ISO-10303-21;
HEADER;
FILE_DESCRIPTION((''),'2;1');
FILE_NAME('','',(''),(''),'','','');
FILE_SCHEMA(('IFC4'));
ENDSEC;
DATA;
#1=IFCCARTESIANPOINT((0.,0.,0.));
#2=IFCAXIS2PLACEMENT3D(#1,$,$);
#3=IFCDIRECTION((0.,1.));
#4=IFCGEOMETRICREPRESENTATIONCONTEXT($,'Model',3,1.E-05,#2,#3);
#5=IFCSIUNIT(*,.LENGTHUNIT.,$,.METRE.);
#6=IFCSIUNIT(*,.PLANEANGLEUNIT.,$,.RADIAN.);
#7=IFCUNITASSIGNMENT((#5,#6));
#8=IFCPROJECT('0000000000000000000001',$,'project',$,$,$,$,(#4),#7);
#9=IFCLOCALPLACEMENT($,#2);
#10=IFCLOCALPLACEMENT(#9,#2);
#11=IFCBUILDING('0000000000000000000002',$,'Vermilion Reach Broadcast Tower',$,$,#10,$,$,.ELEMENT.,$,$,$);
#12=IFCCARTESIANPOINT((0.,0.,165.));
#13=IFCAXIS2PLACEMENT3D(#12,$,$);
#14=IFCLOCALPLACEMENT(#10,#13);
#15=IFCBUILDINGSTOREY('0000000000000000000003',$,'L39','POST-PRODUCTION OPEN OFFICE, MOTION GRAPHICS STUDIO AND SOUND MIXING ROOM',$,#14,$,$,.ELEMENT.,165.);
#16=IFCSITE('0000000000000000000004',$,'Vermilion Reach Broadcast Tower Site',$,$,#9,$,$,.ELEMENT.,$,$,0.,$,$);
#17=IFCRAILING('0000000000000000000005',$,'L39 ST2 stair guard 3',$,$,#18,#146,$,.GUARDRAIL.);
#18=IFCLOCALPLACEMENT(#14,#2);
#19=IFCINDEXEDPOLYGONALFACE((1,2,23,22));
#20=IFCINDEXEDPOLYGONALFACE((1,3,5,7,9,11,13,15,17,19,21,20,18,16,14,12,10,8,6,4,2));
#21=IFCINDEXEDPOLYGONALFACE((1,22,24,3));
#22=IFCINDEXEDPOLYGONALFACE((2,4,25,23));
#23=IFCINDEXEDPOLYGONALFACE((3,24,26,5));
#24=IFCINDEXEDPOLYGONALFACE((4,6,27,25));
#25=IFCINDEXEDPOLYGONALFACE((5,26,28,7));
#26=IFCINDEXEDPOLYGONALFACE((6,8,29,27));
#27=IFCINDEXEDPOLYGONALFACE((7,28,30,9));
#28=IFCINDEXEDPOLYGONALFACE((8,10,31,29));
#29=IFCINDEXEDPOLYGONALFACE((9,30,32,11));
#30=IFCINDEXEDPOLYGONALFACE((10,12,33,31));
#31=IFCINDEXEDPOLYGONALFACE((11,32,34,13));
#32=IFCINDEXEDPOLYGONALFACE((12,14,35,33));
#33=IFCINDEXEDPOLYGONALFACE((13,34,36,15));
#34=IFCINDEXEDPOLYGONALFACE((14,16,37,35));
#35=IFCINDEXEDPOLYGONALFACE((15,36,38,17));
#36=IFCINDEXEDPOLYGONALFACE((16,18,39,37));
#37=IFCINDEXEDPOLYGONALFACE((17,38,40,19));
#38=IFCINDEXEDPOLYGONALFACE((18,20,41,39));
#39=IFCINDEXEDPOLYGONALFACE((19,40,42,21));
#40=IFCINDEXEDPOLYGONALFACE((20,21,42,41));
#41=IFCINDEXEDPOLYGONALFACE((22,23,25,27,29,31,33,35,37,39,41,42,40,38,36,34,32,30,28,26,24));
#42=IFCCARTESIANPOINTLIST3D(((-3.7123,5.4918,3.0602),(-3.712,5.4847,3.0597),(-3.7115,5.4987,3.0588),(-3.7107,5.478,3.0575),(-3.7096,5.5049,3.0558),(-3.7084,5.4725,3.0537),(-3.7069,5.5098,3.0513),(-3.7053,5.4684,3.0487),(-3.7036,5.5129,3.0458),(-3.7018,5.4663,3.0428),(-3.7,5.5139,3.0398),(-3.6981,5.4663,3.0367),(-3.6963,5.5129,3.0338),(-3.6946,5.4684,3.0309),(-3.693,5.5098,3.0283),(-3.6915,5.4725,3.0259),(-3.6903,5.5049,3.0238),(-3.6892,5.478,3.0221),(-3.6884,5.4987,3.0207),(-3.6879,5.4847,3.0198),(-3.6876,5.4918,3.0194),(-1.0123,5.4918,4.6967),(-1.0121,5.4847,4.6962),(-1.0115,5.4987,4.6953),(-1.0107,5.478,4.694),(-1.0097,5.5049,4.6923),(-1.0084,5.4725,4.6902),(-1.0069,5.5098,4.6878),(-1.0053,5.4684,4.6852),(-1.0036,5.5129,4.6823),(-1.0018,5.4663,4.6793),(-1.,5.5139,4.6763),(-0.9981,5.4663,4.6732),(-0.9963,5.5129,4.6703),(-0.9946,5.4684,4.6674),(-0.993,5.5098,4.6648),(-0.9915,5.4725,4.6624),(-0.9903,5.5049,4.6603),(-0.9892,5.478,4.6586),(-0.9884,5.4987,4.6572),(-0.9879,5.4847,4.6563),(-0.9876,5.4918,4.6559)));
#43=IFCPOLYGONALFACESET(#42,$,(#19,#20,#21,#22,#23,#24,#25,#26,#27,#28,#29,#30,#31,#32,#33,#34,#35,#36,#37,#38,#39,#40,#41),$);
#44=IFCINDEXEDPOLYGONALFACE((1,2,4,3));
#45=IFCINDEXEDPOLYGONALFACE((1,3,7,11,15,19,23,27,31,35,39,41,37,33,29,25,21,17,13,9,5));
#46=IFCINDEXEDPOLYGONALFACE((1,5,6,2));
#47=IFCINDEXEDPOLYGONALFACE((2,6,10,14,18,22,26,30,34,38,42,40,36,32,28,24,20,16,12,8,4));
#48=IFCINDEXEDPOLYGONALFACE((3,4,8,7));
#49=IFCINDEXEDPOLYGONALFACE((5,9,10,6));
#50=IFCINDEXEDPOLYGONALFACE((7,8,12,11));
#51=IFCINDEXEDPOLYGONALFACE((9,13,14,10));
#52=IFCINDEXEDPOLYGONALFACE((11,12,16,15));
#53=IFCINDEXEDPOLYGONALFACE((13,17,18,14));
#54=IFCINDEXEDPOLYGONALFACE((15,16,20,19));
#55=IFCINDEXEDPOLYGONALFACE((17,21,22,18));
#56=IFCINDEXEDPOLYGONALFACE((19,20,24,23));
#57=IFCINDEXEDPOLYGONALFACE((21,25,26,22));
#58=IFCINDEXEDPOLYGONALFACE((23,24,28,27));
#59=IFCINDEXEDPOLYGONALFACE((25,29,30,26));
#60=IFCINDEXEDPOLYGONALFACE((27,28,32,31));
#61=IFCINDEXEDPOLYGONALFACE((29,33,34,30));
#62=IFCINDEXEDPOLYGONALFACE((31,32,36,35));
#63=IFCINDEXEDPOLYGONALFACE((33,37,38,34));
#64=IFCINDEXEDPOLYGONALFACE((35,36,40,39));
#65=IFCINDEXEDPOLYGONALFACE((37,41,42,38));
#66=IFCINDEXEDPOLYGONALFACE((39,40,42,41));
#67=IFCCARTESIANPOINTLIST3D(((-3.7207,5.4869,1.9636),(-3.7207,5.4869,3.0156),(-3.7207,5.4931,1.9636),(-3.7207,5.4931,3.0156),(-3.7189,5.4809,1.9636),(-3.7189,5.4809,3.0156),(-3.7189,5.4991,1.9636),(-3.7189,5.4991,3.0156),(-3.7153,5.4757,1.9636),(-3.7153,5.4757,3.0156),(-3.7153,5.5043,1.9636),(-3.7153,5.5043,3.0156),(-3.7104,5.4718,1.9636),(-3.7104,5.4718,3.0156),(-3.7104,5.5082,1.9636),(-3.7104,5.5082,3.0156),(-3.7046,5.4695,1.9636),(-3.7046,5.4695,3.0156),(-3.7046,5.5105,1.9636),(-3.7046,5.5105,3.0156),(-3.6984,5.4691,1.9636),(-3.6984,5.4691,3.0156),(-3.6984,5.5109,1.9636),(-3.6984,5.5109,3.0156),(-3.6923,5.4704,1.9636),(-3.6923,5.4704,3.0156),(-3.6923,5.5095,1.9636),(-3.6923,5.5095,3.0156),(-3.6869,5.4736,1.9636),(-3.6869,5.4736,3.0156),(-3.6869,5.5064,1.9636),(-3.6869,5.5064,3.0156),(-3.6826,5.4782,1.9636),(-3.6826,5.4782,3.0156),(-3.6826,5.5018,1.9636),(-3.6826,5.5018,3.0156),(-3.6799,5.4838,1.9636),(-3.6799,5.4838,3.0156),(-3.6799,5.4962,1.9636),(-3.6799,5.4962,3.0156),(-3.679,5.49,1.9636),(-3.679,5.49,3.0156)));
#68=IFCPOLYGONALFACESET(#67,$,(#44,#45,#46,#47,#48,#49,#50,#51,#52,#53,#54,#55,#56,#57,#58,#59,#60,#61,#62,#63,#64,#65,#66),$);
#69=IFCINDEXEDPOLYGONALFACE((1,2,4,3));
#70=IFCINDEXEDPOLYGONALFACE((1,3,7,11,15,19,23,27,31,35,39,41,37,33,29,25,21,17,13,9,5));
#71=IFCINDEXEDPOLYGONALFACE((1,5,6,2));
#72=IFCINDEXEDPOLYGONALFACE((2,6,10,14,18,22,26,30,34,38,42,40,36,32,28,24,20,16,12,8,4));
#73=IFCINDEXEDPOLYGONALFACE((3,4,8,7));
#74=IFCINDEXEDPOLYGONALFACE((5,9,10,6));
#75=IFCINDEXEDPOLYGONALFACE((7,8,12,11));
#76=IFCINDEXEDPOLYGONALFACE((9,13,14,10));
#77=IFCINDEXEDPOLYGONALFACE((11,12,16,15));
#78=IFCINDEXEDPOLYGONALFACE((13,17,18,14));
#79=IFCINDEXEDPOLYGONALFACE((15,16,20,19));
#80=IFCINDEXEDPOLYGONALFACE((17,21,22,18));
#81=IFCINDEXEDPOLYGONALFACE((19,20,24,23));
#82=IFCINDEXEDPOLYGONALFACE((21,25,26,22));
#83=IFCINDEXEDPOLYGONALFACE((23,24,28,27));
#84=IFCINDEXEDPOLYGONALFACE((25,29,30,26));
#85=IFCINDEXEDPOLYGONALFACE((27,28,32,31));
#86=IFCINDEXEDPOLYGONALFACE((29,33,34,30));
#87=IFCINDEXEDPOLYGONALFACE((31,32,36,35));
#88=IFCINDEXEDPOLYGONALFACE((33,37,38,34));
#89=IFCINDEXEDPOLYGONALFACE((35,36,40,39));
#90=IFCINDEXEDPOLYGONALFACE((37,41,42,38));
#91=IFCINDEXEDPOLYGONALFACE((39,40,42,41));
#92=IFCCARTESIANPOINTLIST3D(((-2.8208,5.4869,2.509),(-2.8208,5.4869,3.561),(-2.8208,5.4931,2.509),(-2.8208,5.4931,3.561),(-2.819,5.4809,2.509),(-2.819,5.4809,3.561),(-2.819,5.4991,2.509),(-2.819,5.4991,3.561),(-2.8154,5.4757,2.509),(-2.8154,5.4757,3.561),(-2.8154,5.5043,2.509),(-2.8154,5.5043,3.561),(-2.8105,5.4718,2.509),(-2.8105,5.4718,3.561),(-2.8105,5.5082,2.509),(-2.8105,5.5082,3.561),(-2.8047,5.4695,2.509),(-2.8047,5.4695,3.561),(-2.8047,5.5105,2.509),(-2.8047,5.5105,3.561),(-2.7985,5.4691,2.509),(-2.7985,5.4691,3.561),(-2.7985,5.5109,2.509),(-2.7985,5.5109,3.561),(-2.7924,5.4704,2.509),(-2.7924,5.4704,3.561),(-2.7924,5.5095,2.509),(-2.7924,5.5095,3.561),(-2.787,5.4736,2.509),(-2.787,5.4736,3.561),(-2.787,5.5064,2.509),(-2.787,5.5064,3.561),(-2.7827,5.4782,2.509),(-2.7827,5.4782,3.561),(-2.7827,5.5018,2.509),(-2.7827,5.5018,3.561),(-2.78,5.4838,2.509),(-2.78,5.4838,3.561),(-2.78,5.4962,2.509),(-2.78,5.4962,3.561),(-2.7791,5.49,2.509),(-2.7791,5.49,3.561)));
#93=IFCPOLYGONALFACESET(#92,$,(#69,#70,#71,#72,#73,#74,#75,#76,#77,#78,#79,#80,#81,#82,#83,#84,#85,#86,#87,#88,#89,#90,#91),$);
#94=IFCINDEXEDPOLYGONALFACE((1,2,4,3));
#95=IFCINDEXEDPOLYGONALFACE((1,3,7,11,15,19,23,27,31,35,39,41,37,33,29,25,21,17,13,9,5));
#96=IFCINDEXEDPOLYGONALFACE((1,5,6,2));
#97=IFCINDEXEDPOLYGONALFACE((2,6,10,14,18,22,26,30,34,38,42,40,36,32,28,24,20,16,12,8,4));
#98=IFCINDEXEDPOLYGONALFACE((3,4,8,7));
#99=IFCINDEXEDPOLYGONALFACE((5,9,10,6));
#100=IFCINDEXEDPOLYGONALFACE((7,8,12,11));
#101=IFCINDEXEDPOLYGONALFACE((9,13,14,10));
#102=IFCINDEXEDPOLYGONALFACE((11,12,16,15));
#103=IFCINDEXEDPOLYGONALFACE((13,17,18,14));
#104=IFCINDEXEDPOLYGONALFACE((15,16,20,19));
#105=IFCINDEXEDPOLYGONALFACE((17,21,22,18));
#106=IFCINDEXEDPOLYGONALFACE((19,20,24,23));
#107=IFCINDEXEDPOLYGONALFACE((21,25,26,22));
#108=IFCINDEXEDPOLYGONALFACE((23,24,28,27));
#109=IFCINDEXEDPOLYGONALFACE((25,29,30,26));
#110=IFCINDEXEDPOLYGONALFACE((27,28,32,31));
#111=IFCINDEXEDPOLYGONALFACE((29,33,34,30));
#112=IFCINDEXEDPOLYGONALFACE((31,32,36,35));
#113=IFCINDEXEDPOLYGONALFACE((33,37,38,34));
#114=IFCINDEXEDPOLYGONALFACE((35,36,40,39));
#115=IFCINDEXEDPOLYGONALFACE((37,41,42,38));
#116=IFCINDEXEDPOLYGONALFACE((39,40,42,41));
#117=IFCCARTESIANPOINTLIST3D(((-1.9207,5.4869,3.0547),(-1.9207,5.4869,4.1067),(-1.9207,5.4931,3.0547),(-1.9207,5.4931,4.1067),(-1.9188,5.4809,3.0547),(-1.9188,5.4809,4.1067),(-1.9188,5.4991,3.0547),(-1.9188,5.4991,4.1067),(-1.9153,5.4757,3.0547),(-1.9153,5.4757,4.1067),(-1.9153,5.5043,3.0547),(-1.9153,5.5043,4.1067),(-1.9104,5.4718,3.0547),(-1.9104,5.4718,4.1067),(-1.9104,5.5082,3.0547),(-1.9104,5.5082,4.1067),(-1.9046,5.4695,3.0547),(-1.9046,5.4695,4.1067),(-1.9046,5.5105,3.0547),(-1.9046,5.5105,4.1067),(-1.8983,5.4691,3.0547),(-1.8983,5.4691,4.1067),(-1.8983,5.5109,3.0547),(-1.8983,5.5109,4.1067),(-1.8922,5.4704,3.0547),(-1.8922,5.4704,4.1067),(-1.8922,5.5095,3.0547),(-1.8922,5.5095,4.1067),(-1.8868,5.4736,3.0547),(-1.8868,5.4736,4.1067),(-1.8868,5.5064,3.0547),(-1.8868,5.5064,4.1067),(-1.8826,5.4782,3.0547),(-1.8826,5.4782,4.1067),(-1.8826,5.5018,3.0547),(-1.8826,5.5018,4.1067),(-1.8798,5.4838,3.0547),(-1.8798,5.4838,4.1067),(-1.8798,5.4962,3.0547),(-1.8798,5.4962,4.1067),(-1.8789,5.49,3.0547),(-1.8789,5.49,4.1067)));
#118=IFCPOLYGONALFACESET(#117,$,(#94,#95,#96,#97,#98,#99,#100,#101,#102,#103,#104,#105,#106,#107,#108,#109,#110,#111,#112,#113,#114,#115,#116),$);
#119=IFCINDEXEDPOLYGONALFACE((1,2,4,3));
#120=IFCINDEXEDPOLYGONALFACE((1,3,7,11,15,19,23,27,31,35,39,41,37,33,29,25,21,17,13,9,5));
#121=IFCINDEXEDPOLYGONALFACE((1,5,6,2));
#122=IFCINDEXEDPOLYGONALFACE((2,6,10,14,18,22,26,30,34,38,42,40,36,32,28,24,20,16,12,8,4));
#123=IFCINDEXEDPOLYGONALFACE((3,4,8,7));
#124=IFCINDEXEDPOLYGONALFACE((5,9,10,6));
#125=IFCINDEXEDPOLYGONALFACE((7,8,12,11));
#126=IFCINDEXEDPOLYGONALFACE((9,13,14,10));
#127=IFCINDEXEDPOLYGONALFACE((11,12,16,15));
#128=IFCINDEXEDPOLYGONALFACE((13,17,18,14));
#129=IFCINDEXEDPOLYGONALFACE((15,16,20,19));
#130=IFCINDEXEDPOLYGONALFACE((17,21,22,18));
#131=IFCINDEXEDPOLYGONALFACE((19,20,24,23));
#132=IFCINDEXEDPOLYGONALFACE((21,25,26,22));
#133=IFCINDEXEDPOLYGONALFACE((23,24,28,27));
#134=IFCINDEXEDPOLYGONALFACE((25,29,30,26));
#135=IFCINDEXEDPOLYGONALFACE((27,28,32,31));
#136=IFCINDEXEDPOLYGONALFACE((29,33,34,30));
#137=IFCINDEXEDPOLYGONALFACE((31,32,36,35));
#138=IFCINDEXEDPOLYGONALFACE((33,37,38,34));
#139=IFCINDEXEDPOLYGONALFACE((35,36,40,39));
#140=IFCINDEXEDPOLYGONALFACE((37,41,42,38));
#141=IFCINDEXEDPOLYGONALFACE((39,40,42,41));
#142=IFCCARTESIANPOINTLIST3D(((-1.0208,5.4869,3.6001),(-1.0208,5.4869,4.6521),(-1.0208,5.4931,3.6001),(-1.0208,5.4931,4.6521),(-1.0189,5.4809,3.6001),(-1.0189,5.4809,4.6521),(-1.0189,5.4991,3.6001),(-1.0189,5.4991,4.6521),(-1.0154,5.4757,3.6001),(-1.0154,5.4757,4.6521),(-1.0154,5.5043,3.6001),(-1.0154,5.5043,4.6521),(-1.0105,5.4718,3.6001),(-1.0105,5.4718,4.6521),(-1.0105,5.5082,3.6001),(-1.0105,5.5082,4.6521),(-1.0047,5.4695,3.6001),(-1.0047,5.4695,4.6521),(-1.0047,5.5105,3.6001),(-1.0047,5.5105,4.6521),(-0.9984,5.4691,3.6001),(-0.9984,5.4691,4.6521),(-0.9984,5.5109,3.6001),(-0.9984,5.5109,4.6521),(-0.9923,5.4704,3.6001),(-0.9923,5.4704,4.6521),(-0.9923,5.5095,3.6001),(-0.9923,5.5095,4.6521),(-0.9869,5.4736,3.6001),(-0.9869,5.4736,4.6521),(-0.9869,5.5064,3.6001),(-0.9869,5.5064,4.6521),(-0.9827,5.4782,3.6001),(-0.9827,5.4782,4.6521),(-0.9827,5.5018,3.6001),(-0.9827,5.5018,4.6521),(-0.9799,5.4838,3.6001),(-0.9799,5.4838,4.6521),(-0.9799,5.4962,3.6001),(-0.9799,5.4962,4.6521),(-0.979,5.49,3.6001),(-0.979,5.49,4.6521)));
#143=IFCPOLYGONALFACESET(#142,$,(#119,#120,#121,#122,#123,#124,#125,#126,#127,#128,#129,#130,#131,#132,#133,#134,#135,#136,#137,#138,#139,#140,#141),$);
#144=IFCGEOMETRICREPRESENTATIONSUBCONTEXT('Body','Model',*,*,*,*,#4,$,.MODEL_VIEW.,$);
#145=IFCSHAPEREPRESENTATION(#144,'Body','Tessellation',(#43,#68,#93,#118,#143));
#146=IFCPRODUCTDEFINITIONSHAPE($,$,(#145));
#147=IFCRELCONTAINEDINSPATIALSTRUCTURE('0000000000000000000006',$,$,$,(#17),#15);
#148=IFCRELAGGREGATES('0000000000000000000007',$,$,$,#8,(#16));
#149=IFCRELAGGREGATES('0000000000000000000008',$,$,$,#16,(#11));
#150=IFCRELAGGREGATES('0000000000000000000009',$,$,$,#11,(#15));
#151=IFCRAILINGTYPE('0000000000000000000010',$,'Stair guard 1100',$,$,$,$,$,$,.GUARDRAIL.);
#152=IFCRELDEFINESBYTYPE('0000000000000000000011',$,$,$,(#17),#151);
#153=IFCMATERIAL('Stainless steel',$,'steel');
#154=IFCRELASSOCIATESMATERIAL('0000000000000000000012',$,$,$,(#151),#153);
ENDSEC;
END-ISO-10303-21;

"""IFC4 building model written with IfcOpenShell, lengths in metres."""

from ifc_helpers import new_model, si_unit, direction, frame, origin, origin_2d, place, context, subcontext, project, spatial, circle, extrude, material, type_object, element, save


model = new_model("IFC4")

# Units and contexts
model_context = context("Model", 3, precision=1e-05, world=origin(), true_north=direction((0.0, 1.0)))
body_context = subcontext(model_context, "Body", "Model", "MODEL_VIEW")
ifc_project = project(units=[si_unit("LENGTHUNIT", "METRE"), si_unit("PLANEANGLEUNIT", "RADIAN")], contexts=[model_context])

# Site, building, storey
site_placement = place(None, origin())
site = spatial("IfcSite", under=ifc_project, at=site_placement, Name="Vermilion Reach Broadcast Tower Site", CompositionType="ELEMENT", RefElevation=0.0)
building_placement = place(site_placement, origin())
building = spatial("IfcBuilding", under=site, at=building_placement, Name="Vermilion Reach Broadcast Tower", CompositionType="ELEMENT")
storey_placement = place(building_placement, frame((0.0, 0.0, 165.0)))
storey = spatial("IfcBuildingStorey", under=building, at=storey_placement, Name="L39", Description="POST-PRODUCTION OPEN OFFICE, MOTION GRAPHICS STUDIO AND SOUND MIXING ROOM", CompositionType="ELEMENT", Elevation=165.0)

# Railing
ifc_material_1 = material(Name="Stainless steel", Category="steel")
railing_type_1 = type_object("IfcRailingType", Name="Stair guard 1100", PredefinedType="GUARDRAIL", material=ifc_material_1)
railing_1_placement = place(storey_placement, frame((-3.7, 5.49, 1.9636)))
element("IfcRailing", 1, at=railing_1_placement, inside=storey, type_object=railing_type_1, Name="L39 ST2 stair guard 3", PredefinedType="GUARDRAIL", context=body_context, shape_type="SweptSolid", body=[
    extrude(circle(Radius=0.0239, at=origin_2d()), frame((0.0, 0.0, 1.0762), z_axis=(0.855178, 0.0, 0.518334), x_axis=(0.0, 1.0, 0.0)), (0.0, 0.0, 1.0), 3.1572),
    extrude(circle(Radius=0.021, at=origin_2d()), origin(), (0.0, 0.0, 1.0), 1.052),
    extrude(circle(Radius=0.021, at=origin_2d()), frame((0.8999, 0.0, 0.5454)), (0.0, 0.0, 1.0), 1.052),
    extrude(circle(Radius=0.021, at=origin_2d()), frame((1.8, 0.0, 1.0911)), (0.0, 0.0, 1.0), 1.052),
    extrude(circle(Radius=0.021, at=origin_2d()), frame((2.7, 0.0, 1.6365)), (0.0, 0.0, 1.0), 1.052),
])

save(model, "model.ifc")
